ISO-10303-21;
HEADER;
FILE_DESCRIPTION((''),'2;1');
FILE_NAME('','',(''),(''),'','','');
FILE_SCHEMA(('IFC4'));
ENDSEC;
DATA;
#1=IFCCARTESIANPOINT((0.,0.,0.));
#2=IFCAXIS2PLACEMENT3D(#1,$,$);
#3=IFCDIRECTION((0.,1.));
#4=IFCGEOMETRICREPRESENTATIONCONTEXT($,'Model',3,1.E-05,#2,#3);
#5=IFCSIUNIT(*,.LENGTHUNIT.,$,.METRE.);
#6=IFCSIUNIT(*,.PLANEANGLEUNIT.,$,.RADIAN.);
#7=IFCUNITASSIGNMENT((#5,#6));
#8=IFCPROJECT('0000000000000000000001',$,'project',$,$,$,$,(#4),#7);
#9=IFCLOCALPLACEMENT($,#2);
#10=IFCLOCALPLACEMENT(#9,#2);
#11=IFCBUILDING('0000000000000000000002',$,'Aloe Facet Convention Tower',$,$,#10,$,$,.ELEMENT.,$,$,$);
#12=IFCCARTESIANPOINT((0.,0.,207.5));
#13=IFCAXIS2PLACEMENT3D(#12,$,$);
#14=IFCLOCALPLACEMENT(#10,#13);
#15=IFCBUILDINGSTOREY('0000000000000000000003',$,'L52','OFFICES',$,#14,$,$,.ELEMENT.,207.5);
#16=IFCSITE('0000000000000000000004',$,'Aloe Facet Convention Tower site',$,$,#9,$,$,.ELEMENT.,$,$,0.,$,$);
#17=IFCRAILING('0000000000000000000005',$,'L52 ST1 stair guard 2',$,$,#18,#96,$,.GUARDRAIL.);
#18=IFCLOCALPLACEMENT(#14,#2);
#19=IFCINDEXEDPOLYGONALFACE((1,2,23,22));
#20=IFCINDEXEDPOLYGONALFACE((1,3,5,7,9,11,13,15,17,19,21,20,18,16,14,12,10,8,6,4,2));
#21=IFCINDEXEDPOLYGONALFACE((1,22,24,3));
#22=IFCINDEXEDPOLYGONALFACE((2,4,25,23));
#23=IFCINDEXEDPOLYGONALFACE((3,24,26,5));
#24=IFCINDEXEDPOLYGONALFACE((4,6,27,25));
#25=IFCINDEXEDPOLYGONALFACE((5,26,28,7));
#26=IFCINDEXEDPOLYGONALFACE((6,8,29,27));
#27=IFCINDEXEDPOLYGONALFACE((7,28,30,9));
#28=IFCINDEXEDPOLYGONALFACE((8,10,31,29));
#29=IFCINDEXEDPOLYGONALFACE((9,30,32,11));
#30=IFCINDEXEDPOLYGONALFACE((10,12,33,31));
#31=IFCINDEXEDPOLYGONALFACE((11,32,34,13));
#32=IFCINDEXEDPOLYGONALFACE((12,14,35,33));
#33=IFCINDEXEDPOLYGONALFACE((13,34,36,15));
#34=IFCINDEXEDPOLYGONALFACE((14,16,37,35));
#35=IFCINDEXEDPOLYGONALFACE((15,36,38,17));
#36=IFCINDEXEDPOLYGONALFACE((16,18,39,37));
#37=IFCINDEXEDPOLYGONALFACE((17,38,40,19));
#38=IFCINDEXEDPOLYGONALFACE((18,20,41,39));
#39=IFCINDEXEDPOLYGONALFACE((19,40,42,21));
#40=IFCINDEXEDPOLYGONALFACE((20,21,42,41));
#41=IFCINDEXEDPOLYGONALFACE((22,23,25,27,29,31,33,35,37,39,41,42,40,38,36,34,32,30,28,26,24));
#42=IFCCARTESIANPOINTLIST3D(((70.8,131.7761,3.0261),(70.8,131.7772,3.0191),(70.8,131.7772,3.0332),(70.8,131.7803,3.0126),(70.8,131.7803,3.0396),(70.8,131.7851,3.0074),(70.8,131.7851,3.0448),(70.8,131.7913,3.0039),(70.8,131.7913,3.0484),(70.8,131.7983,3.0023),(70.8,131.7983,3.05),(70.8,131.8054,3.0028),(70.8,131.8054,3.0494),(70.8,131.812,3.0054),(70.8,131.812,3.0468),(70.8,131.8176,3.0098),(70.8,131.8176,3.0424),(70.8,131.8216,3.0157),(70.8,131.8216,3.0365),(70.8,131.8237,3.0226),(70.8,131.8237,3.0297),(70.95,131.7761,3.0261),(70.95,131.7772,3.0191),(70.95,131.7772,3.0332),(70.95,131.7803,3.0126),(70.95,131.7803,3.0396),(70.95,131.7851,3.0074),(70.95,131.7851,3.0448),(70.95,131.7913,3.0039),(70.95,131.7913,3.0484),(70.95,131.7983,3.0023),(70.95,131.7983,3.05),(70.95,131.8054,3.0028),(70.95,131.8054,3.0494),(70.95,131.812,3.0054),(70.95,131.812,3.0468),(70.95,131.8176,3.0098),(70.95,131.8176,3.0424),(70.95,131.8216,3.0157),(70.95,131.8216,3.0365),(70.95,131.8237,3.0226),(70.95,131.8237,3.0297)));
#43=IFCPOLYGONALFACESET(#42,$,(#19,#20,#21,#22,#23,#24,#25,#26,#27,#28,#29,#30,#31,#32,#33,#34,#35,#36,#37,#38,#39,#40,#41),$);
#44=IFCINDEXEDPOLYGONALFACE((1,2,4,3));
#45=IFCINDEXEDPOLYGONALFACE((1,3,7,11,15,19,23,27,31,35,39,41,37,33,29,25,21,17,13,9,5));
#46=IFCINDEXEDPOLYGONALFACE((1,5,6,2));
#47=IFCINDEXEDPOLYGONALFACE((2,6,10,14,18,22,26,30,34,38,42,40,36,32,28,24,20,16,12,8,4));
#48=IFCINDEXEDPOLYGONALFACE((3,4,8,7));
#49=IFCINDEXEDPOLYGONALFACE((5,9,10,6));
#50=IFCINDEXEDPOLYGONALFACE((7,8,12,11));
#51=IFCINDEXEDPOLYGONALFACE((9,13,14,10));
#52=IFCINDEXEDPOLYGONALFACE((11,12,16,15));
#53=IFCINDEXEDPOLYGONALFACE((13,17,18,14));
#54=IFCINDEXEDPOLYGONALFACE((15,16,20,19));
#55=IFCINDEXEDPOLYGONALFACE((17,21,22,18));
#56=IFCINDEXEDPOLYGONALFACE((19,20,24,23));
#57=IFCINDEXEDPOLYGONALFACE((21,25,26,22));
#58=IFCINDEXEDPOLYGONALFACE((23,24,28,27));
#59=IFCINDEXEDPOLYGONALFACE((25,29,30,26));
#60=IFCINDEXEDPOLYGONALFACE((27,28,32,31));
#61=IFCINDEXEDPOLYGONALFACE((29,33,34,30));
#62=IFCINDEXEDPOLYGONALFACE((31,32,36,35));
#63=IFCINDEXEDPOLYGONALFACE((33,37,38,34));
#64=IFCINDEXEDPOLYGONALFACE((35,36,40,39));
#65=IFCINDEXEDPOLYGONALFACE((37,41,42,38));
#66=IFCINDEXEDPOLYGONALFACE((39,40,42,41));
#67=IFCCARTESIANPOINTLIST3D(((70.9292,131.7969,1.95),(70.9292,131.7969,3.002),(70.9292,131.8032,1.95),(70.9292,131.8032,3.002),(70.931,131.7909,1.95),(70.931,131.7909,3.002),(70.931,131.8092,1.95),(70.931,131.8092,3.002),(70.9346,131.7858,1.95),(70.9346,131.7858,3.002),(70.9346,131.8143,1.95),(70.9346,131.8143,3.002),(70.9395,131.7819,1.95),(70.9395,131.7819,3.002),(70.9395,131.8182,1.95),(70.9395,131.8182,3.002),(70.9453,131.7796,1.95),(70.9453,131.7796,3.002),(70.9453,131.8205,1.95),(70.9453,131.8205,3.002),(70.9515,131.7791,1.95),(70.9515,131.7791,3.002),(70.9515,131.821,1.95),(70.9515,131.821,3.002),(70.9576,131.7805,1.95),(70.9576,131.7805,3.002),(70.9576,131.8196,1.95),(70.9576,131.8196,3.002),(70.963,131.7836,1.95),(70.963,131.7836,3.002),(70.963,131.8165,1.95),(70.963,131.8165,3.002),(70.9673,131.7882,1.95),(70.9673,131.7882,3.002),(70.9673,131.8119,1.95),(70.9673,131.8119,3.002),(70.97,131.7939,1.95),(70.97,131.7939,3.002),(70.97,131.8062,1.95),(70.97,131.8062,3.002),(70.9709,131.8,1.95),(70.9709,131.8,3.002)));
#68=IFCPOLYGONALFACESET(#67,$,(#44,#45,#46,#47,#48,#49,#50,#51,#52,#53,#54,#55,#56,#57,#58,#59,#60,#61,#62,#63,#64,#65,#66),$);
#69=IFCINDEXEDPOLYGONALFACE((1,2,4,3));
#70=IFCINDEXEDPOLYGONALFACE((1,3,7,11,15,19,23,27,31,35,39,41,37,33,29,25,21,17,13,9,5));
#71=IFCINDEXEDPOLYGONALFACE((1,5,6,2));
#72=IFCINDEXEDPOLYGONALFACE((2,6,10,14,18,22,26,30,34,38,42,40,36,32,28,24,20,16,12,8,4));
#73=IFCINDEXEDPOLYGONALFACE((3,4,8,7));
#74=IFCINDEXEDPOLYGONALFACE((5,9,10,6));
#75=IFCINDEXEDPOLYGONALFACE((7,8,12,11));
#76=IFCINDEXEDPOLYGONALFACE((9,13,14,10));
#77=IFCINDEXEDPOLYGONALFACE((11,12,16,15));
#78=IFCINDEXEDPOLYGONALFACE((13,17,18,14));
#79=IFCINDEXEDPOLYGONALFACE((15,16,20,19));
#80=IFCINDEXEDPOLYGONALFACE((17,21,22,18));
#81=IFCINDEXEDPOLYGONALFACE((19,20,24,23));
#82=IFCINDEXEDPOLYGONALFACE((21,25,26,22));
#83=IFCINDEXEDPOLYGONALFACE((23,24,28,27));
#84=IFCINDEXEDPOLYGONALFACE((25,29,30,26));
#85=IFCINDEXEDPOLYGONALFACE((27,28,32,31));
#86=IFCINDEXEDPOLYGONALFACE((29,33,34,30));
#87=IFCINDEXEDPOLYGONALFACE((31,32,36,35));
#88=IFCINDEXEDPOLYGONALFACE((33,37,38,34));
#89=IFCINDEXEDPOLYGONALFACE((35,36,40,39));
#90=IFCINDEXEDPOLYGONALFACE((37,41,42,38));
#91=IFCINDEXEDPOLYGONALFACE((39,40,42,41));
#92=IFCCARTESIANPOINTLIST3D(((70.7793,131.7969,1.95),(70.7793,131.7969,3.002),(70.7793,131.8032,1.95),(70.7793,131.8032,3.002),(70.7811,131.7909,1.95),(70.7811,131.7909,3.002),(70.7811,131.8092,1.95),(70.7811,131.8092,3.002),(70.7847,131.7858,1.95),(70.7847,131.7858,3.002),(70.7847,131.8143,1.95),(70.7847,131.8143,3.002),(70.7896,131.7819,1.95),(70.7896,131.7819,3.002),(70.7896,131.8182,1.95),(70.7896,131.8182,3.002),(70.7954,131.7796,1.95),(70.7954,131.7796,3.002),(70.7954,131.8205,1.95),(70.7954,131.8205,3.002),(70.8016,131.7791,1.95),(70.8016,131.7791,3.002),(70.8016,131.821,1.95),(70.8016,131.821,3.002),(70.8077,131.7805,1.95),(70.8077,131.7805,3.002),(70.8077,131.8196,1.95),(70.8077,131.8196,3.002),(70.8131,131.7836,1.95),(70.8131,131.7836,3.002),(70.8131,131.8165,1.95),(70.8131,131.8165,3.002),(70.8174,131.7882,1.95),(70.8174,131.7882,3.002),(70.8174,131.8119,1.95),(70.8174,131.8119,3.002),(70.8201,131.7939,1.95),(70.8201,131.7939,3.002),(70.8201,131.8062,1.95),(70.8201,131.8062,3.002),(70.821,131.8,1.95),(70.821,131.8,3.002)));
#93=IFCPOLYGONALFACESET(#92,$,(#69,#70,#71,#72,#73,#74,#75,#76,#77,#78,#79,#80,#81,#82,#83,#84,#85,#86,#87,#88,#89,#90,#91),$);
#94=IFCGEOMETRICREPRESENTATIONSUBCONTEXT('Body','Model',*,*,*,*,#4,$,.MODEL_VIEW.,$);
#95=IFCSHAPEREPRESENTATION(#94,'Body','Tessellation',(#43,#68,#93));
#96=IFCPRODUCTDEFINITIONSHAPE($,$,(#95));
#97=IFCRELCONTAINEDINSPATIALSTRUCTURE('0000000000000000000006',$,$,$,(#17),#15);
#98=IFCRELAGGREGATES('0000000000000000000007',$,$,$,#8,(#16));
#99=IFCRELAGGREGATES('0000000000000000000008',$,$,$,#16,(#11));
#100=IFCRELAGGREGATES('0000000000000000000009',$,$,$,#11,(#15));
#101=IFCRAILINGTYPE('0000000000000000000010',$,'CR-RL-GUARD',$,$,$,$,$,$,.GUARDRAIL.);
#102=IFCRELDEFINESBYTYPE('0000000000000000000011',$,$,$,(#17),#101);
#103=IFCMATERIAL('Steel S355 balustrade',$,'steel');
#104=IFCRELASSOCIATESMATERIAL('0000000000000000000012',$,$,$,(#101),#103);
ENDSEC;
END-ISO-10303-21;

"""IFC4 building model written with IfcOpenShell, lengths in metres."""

from ifc_helpers import new_model, si_unit, direction, frame, origin, origin_2d, place, context, subcontext, project, spatial, circle, extrude, material, type_object, element, save


model = new_model("IFC4")

# Units and contexts
model_context = context("Model", 3, precision=1e-05, world=origin(), true_north=direction((0.0, 1.0)))
body_context = subcontext(model_context, "Body", "Model", "MODEL_VIEW")
ifc_project = project(units=[si_unit("LENGTHUNIT", "METRE"), si_unit("PLANEANGLEUNIT", "RADIAN")], contexts=[model_context])

# Site, building, storey
site_placement = place(None, origin())
site = spatial("IfcSite", under=ifc_project, at=site_placement, Name="Aloe Facet Convention Tower site", CompositionType="ELEMENT", RefElevation=0.0)
building_placement = place(site_placement, origin())
building = spatial("IfcBuilding", under=site, at=building_placement, Name="Aloe Facet Convention Tower", CompositionType="ELEMENT")
storey_placement = place(building_placement, frame((0.0, 0.0, 207.5)))
storey = spatial("IfcBuildingStorey", under=building, at=storey_placement, Name="L52", Description="OFFICES", CompositionType="ELEMENT", Elevation=207.5)

# Railing
ifc_material_1 = material(Name="Steel S355 balustrade", Category="steel")
railing_type_1 = type_object("IfcRailingType", Name="CR-RL-GUARD", PredefinedType="GUARDRAIL", material=ifc_material_1)
railing_1_placement = place(storey_placement, frame((70.95, 131.8, 1.95)))
element("IfcRailing", 1, at=railing_1_placement, inside=storey, type_object=railing_type_1, Name="L52 ST1 stair guard 2", PredefinedType="GUARDRAIL", context=body_context, shape_type="SweptSolid", body=[
    extrude(circle(Radius=0.0239, at=origin_2d()), frame((0.0, 0.0, 1.0762), z_axis=(-1.0, 0.0, 0.0), x_axis=(0.0, -1.0, 0.0)), (0.0, 0.0, 1.0), 0.1499),
    extrude(circle(Radius=0.021, at=origin_2d()), origin(), (0.0, 0.0, 1.0), 1.052),
    extrude(circle(Radius=0.021, at=origin_2d()), frame((-0.1499, 0.0, 0.0)), (0.0, 0.0, 1.0), 1.052),
])

save(model, "model.ifc")
